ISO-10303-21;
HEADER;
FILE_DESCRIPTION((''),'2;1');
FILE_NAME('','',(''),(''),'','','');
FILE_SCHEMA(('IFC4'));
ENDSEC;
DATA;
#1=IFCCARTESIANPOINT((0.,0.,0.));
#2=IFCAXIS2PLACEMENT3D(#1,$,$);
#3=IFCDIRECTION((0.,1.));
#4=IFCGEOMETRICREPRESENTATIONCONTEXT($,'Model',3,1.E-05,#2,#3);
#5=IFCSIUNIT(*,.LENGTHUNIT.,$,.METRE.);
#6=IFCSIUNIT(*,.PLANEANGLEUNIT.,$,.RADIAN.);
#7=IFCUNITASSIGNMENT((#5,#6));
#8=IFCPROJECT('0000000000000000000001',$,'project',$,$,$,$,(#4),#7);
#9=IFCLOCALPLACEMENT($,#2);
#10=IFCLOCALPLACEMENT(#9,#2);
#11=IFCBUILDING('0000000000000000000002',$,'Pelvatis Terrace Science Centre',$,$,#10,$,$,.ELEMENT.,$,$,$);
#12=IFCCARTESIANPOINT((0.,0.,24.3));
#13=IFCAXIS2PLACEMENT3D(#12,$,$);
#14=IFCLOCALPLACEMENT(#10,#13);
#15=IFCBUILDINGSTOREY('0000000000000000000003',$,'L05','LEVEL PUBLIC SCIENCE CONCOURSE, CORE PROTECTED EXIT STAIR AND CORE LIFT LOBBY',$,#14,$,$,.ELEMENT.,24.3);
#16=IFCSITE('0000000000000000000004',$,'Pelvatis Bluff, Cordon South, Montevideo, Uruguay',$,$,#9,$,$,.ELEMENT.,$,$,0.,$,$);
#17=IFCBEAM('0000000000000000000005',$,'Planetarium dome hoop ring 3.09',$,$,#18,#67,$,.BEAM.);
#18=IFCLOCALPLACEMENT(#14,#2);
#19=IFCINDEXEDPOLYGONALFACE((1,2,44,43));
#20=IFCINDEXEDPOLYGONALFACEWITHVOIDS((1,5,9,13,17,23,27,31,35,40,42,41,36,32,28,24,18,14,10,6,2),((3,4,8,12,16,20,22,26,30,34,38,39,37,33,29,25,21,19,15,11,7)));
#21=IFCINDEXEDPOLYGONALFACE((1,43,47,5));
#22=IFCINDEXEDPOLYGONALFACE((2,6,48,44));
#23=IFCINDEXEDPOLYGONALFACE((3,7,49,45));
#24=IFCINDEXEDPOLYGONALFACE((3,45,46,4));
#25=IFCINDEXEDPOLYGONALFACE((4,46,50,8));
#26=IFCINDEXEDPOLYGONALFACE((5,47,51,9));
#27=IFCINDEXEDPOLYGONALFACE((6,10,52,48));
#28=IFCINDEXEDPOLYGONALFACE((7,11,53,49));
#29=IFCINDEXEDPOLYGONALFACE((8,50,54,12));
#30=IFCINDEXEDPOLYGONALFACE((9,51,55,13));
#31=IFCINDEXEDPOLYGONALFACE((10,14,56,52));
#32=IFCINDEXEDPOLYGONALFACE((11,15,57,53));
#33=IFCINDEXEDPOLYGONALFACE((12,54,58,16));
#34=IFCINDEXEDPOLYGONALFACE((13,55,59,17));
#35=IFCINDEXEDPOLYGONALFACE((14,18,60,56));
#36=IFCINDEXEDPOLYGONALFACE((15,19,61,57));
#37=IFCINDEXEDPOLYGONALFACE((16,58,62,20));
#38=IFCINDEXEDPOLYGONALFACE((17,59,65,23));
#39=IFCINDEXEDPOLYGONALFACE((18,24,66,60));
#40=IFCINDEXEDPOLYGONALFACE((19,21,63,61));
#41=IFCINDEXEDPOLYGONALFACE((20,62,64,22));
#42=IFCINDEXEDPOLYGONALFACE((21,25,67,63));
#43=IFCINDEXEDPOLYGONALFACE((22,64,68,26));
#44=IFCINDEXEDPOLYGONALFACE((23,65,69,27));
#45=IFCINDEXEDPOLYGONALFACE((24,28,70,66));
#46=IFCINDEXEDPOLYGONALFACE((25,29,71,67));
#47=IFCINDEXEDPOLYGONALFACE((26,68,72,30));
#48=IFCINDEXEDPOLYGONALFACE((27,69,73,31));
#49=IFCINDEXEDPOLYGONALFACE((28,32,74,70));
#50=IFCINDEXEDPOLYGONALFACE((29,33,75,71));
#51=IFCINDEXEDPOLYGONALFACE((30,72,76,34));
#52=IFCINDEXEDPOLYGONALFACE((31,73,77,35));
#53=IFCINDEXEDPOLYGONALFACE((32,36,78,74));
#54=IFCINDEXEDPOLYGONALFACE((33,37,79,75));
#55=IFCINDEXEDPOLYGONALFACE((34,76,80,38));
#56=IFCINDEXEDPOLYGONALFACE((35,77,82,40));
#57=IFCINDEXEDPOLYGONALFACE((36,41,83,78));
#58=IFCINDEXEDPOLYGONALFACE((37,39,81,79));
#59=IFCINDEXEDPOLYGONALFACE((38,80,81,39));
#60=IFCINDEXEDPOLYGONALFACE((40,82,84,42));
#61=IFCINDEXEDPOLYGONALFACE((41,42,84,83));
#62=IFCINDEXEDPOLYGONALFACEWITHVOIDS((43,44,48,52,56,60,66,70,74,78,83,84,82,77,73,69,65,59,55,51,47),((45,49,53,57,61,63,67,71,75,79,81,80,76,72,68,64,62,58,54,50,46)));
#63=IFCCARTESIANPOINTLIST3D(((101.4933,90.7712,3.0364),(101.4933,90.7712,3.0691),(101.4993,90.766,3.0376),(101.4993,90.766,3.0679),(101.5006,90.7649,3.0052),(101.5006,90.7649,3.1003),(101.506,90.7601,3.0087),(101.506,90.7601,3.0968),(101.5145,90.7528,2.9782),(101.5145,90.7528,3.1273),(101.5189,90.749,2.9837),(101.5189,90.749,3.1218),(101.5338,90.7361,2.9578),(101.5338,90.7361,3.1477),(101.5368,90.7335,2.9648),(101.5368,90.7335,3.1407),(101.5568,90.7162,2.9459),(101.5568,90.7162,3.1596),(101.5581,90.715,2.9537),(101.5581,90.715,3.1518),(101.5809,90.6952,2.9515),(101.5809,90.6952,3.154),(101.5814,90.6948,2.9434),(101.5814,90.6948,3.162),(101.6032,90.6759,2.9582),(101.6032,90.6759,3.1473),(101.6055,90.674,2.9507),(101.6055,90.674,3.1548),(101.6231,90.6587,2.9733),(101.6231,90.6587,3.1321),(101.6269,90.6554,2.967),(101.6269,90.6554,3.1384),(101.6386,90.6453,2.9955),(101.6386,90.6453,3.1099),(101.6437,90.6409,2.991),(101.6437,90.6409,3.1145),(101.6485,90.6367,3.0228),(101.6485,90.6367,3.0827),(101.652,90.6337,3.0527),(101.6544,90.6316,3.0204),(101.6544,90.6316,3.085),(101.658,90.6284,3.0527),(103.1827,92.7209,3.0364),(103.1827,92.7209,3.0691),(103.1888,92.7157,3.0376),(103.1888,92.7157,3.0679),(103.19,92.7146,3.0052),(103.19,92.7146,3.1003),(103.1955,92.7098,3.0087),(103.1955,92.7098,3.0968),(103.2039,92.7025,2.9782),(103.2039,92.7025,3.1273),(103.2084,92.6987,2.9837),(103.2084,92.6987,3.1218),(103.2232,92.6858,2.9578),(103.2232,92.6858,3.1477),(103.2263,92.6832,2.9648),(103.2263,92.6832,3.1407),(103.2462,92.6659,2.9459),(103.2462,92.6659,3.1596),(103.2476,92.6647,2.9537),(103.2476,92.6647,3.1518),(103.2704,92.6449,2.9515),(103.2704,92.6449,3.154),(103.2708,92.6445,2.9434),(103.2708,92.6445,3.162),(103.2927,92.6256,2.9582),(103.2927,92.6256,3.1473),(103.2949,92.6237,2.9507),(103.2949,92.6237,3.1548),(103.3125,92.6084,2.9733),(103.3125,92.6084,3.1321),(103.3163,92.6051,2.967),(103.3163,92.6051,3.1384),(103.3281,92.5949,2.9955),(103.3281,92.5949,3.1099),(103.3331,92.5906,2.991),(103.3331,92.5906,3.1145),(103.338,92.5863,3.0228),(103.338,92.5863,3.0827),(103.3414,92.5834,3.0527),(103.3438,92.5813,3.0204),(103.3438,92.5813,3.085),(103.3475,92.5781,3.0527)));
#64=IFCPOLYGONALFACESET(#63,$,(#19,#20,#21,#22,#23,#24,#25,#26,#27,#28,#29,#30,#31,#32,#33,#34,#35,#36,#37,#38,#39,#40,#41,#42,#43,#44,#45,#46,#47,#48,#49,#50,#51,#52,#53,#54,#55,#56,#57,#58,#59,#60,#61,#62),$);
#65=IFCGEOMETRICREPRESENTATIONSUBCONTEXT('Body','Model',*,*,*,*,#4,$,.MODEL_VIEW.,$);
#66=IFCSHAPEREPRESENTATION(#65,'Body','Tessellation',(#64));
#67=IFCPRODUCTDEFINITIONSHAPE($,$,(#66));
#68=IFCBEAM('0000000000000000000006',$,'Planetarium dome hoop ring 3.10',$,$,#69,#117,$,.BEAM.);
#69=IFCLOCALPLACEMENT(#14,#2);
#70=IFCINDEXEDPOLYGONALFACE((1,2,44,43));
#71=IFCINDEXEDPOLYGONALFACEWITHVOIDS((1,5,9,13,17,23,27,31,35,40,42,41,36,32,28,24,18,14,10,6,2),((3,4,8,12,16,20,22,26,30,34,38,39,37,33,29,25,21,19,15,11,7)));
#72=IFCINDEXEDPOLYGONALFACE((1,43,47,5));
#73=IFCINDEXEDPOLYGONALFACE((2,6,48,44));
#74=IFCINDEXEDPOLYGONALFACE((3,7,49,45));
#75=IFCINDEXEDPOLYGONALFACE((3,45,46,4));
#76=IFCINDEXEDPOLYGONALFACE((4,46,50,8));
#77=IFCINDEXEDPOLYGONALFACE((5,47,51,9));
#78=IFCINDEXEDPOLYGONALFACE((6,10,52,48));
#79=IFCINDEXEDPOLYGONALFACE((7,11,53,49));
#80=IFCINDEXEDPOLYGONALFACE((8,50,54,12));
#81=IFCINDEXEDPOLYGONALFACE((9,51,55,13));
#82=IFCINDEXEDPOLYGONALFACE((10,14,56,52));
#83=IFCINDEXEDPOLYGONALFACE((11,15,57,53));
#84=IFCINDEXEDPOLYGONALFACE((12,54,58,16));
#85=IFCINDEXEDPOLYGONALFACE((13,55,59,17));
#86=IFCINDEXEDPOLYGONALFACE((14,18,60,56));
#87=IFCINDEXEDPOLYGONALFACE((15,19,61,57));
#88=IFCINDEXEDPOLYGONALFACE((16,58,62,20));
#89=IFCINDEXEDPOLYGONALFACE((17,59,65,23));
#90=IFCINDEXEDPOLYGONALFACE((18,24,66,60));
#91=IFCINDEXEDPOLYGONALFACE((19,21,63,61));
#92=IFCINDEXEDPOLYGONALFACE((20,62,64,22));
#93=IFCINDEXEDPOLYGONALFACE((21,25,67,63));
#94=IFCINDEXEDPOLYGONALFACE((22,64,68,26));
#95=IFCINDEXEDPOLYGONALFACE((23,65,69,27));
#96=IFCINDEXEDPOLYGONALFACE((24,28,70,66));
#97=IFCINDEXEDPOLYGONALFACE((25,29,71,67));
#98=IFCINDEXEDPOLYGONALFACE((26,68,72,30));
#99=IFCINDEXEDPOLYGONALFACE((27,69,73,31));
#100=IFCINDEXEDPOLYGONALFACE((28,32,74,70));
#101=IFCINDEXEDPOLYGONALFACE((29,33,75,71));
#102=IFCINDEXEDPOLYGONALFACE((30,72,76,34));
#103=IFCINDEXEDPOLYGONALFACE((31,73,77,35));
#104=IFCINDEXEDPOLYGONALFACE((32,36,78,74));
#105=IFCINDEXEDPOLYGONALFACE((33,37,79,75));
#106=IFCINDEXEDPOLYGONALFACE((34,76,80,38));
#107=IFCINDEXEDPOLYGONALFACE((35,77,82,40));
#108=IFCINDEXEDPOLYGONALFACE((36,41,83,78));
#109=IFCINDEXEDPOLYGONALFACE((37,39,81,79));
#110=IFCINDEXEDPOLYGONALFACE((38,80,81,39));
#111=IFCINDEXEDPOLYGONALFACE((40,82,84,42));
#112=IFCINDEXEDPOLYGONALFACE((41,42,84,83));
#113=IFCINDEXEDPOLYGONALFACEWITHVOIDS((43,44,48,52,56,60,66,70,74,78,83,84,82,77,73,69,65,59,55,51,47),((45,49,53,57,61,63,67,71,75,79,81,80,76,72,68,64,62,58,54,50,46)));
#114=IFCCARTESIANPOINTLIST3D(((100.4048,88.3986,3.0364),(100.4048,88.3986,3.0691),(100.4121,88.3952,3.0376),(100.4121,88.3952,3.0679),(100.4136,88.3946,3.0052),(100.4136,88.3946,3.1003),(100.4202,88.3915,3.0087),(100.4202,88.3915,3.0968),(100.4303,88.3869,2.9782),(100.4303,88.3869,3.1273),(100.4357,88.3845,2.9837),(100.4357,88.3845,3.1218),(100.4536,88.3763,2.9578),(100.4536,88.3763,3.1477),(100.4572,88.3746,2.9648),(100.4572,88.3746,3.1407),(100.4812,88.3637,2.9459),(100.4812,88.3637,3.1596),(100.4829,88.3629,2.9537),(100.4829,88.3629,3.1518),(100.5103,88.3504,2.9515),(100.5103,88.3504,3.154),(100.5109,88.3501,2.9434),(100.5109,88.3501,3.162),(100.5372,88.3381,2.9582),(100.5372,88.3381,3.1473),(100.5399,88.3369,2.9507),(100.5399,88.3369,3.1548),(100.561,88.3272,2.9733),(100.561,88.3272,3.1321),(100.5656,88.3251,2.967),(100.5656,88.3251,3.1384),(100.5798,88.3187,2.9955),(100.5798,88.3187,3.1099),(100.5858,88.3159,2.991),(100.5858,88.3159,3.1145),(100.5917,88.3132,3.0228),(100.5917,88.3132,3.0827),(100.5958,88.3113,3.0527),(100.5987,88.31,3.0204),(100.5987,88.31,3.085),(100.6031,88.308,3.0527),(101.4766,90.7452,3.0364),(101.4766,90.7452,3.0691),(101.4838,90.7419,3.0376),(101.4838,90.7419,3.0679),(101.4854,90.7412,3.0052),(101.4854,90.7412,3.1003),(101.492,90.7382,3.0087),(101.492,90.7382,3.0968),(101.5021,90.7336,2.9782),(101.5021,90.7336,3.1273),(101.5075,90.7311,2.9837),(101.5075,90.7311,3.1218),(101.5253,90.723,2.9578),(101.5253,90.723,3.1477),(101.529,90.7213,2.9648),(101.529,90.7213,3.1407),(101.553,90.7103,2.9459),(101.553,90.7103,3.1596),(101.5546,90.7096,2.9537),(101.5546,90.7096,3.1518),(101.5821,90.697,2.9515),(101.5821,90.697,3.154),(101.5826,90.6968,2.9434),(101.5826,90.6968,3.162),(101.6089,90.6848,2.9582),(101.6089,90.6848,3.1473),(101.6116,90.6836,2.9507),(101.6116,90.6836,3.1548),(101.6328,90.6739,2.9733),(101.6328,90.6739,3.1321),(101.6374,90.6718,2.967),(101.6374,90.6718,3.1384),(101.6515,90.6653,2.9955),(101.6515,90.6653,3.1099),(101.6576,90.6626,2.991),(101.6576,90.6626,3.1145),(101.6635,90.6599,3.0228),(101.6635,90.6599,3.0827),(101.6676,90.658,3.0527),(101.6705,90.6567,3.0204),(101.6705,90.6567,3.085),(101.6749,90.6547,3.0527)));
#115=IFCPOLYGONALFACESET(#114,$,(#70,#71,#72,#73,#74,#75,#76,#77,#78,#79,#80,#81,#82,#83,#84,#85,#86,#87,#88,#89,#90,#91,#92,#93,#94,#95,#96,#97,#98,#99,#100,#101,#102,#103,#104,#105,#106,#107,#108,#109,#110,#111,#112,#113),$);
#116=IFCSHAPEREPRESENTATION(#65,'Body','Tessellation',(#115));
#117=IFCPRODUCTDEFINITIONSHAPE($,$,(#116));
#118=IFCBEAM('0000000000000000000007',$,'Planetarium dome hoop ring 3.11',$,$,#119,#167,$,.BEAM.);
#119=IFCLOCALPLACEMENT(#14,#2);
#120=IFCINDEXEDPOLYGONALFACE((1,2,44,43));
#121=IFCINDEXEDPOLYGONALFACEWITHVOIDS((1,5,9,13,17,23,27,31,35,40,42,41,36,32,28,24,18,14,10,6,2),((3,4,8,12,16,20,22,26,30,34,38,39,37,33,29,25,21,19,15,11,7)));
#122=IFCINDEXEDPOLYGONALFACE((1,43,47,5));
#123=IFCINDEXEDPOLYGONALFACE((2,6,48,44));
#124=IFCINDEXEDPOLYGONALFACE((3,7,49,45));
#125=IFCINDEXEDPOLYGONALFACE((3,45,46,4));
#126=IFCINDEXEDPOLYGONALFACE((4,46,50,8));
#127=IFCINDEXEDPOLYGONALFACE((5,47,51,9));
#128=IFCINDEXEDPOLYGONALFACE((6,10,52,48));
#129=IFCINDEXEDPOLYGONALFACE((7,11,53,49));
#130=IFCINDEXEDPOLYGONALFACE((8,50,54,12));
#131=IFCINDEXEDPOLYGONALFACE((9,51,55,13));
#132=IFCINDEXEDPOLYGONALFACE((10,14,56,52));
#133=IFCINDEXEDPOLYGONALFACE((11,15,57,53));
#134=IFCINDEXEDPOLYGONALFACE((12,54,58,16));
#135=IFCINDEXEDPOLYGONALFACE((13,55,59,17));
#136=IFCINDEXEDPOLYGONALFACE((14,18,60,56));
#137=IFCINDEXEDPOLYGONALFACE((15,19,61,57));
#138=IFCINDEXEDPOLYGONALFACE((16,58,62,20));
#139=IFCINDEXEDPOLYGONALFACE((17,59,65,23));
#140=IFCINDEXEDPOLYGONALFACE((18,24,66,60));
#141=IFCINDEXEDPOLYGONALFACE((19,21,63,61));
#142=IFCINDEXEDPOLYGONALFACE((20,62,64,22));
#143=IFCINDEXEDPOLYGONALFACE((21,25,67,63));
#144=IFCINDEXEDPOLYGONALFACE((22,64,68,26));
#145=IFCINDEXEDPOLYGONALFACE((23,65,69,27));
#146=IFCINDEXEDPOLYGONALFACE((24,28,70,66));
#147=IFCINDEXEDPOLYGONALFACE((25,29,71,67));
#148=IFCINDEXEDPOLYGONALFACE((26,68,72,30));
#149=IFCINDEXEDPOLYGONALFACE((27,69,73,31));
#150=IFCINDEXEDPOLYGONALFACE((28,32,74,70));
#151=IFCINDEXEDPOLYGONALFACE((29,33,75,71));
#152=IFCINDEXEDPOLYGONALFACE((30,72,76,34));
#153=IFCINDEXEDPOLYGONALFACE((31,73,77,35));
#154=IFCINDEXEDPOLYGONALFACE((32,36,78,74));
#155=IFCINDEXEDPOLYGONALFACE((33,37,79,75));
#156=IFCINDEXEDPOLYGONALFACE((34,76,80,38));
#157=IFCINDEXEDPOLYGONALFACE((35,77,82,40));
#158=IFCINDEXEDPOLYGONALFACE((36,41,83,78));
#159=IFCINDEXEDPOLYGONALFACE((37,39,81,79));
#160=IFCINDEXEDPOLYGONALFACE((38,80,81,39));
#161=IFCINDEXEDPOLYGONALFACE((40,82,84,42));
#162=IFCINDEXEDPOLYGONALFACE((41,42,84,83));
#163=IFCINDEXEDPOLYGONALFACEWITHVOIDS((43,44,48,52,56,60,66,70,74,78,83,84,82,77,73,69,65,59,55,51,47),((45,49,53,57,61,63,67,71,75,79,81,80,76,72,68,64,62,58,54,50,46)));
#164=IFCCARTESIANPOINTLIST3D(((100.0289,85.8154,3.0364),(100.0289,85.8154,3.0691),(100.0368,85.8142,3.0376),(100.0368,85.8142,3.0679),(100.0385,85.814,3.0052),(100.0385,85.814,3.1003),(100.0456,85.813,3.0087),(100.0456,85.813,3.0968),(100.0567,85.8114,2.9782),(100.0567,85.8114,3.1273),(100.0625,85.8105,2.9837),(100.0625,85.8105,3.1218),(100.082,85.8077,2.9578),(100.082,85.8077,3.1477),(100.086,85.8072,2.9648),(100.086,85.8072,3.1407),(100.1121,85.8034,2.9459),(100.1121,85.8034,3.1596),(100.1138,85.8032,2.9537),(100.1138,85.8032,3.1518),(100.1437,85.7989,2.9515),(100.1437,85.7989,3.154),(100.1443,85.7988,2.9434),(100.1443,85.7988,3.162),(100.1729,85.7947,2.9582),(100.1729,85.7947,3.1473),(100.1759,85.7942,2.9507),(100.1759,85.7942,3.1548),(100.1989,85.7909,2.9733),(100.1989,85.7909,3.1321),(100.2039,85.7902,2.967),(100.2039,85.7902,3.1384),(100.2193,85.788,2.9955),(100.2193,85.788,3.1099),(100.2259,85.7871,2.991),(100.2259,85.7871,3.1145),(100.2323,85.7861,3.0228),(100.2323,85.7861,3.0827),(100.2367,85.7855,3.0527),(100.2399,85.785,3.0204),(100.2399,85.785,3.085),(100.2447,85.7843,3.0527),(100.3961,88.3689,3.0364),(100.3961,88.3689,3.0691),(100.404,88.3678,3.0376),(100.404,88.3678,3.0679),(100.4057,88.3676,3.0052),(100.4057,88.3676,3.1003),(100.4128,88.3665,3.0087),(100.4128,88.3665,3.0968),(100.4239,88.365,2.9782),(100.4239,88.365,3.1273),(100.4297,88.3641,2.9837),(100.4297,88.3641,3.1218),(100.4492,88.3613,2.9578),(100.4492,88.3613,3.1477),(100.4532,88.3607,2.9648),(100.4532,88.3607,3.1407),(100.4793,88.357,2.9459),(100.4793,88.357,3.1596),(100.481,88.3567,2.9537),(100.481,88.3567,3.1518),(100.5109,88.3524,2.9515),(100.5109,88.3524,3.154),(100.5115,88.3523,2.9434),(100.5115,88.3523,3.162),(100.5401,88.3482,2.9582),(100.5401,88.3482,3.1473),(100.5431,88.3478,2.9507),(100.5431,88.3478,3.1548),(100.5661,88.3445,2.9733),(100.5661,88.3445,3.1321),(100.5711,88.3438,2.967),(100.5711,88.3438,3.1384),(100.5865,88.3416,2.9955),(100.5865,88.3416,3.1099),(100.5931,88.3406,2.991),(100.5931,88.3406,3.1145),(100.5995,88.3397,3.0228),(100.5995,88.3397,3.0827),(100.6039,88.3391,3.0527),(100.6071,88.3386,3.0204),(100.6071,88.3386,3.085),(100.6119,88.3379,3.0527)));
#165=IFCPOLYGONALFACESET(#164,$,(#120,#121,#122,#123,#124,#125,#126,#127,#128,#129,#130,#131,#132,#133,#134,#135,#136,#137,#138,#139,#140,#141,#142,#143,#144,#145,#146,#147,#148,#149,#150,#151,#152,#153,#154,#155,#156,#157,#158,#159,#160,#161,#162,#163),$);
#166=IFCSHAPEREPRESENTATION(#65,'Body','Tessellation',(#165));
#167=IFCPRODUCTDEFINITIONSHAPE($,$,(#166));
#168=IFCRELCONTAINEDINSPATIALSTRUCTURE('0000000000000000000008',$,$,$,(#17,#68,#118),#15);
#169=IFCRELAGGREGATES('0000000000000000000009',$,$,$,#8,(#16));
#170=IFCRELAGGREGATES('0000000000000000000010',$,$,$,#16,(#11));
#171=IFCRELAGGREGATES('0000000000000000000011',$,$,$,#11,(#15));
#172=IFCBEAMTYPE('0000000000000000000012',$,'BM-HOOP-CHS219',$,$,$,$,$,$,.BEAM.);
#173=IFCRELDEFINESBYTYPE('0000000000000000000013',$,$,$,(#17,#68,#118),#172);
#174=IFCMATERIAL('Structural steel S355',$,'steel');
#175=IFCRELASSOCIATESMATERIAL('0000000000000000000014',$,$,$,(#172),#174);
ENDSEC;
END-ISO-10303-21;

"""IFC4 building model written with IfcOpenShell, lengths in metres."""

from ifc_helpers import new_model, si_unit, direction, frame, origin, origin_2d, place, context, subcontext, project, spatial, hollow_circle, extrude, material, material_profile, profile_set, type_object, element, save


model = new_model("IFC4")

# Units and contexts
model_context = context("Model", 3, precision=1e-05, world=origin(), true_north=direction((0.0, 1.0)))
body_context = subcontext(model_context, "Body", "Model", "MODEL_VIEW")
ifc_project = project(units=[si_unit("LENGTHUNIT", "METRE"), si_unit("PLANEANGLEUNIT", "RADIAN")], contexts=[model_context])

# Site, building, storey
site_placement = place(None, origin())
site = spatial("IfcSite", under=ifc_project, at=site_placement, Name="Pelvatis Bluff, Cordon South, Montevideo, Uruguay", CompositionType="ELEMENT", RefElevation=0.0)
building_placement = place(site_placement, origin())
building = spatial("IfcBuilding", under=site, at=building_placement, Name="Pelvatis Terrace Science Centre", CompositionType="ELEMENT")
storey_placement = place(building_placement, frame((0.0, 0.0, 24.3)))
storey = spatial("IfcBuildingStorey", under=building, at=storey_placement, Name="L05", Description="LEVEL PUBLIC SCIENCE CONCOURSE, CORE PROTECTED EXIT STAIR AND CORE LIFT LOBBY", CompositionType="ELEMENT", Elevation=24.3)

# Beams
ifc_material_1 = material(Name="Structural steel S355", Category="steel")
ifc_material_profile_1 = material_profile(ifc_material_1, hollow_circle(Radius=0.1096, WallThickness=0.0081, at=origin_2d()), Name="CHS 219.1x8.0")
ifc_profile_set_1 = profile_set([ifc_material_profile_1], Name="Structural steel S355")
beam_type_1 = type_object("IfcBeamType", Name="BM-HOOP-CHS219", PredefinedType="BEAM", material=ifc_profile_set_1)
for number, where, z_axis, x_axis, name in (
    (1, (103.2646, 92.6499, 3.0527), (-0.654866, -0.755745, 0.0), (0.755745, -0.654866, 0.0), "Planetarium dome hoop ring 3.09"),
    (2, (101.5752, 90.7002, 3.0527), (-0.415442, -0.90962, 0.0), (0.90962, -0.415442, 0.0), "Planetarium dome hoop ring 3.10"),
    (3, (100.5034, 88.3535, 3.0527), (-0.142335, -0.989818, 0.0), (0.989818, -0.142335, 0.0), "Planetarium dome hoop ring 3.11"),
):
    element("IfcBeam", number, at=place(storey_placement, frame(where, z_axis=z_axis, x_axis=x_axis)), inside=storey, type_object=beam_type_1, Name=name, PredefinedType="BEAM", context=body_context, shape_type="SweptSolid", body=[
        extrude(hollow_circle(Radius=0.1096, WallThickness=0.0081, at=origin_2d()), origin(), (0.0, 0.0, 1.0), 2.5798),
    ])

save(model, "model.ifc")
